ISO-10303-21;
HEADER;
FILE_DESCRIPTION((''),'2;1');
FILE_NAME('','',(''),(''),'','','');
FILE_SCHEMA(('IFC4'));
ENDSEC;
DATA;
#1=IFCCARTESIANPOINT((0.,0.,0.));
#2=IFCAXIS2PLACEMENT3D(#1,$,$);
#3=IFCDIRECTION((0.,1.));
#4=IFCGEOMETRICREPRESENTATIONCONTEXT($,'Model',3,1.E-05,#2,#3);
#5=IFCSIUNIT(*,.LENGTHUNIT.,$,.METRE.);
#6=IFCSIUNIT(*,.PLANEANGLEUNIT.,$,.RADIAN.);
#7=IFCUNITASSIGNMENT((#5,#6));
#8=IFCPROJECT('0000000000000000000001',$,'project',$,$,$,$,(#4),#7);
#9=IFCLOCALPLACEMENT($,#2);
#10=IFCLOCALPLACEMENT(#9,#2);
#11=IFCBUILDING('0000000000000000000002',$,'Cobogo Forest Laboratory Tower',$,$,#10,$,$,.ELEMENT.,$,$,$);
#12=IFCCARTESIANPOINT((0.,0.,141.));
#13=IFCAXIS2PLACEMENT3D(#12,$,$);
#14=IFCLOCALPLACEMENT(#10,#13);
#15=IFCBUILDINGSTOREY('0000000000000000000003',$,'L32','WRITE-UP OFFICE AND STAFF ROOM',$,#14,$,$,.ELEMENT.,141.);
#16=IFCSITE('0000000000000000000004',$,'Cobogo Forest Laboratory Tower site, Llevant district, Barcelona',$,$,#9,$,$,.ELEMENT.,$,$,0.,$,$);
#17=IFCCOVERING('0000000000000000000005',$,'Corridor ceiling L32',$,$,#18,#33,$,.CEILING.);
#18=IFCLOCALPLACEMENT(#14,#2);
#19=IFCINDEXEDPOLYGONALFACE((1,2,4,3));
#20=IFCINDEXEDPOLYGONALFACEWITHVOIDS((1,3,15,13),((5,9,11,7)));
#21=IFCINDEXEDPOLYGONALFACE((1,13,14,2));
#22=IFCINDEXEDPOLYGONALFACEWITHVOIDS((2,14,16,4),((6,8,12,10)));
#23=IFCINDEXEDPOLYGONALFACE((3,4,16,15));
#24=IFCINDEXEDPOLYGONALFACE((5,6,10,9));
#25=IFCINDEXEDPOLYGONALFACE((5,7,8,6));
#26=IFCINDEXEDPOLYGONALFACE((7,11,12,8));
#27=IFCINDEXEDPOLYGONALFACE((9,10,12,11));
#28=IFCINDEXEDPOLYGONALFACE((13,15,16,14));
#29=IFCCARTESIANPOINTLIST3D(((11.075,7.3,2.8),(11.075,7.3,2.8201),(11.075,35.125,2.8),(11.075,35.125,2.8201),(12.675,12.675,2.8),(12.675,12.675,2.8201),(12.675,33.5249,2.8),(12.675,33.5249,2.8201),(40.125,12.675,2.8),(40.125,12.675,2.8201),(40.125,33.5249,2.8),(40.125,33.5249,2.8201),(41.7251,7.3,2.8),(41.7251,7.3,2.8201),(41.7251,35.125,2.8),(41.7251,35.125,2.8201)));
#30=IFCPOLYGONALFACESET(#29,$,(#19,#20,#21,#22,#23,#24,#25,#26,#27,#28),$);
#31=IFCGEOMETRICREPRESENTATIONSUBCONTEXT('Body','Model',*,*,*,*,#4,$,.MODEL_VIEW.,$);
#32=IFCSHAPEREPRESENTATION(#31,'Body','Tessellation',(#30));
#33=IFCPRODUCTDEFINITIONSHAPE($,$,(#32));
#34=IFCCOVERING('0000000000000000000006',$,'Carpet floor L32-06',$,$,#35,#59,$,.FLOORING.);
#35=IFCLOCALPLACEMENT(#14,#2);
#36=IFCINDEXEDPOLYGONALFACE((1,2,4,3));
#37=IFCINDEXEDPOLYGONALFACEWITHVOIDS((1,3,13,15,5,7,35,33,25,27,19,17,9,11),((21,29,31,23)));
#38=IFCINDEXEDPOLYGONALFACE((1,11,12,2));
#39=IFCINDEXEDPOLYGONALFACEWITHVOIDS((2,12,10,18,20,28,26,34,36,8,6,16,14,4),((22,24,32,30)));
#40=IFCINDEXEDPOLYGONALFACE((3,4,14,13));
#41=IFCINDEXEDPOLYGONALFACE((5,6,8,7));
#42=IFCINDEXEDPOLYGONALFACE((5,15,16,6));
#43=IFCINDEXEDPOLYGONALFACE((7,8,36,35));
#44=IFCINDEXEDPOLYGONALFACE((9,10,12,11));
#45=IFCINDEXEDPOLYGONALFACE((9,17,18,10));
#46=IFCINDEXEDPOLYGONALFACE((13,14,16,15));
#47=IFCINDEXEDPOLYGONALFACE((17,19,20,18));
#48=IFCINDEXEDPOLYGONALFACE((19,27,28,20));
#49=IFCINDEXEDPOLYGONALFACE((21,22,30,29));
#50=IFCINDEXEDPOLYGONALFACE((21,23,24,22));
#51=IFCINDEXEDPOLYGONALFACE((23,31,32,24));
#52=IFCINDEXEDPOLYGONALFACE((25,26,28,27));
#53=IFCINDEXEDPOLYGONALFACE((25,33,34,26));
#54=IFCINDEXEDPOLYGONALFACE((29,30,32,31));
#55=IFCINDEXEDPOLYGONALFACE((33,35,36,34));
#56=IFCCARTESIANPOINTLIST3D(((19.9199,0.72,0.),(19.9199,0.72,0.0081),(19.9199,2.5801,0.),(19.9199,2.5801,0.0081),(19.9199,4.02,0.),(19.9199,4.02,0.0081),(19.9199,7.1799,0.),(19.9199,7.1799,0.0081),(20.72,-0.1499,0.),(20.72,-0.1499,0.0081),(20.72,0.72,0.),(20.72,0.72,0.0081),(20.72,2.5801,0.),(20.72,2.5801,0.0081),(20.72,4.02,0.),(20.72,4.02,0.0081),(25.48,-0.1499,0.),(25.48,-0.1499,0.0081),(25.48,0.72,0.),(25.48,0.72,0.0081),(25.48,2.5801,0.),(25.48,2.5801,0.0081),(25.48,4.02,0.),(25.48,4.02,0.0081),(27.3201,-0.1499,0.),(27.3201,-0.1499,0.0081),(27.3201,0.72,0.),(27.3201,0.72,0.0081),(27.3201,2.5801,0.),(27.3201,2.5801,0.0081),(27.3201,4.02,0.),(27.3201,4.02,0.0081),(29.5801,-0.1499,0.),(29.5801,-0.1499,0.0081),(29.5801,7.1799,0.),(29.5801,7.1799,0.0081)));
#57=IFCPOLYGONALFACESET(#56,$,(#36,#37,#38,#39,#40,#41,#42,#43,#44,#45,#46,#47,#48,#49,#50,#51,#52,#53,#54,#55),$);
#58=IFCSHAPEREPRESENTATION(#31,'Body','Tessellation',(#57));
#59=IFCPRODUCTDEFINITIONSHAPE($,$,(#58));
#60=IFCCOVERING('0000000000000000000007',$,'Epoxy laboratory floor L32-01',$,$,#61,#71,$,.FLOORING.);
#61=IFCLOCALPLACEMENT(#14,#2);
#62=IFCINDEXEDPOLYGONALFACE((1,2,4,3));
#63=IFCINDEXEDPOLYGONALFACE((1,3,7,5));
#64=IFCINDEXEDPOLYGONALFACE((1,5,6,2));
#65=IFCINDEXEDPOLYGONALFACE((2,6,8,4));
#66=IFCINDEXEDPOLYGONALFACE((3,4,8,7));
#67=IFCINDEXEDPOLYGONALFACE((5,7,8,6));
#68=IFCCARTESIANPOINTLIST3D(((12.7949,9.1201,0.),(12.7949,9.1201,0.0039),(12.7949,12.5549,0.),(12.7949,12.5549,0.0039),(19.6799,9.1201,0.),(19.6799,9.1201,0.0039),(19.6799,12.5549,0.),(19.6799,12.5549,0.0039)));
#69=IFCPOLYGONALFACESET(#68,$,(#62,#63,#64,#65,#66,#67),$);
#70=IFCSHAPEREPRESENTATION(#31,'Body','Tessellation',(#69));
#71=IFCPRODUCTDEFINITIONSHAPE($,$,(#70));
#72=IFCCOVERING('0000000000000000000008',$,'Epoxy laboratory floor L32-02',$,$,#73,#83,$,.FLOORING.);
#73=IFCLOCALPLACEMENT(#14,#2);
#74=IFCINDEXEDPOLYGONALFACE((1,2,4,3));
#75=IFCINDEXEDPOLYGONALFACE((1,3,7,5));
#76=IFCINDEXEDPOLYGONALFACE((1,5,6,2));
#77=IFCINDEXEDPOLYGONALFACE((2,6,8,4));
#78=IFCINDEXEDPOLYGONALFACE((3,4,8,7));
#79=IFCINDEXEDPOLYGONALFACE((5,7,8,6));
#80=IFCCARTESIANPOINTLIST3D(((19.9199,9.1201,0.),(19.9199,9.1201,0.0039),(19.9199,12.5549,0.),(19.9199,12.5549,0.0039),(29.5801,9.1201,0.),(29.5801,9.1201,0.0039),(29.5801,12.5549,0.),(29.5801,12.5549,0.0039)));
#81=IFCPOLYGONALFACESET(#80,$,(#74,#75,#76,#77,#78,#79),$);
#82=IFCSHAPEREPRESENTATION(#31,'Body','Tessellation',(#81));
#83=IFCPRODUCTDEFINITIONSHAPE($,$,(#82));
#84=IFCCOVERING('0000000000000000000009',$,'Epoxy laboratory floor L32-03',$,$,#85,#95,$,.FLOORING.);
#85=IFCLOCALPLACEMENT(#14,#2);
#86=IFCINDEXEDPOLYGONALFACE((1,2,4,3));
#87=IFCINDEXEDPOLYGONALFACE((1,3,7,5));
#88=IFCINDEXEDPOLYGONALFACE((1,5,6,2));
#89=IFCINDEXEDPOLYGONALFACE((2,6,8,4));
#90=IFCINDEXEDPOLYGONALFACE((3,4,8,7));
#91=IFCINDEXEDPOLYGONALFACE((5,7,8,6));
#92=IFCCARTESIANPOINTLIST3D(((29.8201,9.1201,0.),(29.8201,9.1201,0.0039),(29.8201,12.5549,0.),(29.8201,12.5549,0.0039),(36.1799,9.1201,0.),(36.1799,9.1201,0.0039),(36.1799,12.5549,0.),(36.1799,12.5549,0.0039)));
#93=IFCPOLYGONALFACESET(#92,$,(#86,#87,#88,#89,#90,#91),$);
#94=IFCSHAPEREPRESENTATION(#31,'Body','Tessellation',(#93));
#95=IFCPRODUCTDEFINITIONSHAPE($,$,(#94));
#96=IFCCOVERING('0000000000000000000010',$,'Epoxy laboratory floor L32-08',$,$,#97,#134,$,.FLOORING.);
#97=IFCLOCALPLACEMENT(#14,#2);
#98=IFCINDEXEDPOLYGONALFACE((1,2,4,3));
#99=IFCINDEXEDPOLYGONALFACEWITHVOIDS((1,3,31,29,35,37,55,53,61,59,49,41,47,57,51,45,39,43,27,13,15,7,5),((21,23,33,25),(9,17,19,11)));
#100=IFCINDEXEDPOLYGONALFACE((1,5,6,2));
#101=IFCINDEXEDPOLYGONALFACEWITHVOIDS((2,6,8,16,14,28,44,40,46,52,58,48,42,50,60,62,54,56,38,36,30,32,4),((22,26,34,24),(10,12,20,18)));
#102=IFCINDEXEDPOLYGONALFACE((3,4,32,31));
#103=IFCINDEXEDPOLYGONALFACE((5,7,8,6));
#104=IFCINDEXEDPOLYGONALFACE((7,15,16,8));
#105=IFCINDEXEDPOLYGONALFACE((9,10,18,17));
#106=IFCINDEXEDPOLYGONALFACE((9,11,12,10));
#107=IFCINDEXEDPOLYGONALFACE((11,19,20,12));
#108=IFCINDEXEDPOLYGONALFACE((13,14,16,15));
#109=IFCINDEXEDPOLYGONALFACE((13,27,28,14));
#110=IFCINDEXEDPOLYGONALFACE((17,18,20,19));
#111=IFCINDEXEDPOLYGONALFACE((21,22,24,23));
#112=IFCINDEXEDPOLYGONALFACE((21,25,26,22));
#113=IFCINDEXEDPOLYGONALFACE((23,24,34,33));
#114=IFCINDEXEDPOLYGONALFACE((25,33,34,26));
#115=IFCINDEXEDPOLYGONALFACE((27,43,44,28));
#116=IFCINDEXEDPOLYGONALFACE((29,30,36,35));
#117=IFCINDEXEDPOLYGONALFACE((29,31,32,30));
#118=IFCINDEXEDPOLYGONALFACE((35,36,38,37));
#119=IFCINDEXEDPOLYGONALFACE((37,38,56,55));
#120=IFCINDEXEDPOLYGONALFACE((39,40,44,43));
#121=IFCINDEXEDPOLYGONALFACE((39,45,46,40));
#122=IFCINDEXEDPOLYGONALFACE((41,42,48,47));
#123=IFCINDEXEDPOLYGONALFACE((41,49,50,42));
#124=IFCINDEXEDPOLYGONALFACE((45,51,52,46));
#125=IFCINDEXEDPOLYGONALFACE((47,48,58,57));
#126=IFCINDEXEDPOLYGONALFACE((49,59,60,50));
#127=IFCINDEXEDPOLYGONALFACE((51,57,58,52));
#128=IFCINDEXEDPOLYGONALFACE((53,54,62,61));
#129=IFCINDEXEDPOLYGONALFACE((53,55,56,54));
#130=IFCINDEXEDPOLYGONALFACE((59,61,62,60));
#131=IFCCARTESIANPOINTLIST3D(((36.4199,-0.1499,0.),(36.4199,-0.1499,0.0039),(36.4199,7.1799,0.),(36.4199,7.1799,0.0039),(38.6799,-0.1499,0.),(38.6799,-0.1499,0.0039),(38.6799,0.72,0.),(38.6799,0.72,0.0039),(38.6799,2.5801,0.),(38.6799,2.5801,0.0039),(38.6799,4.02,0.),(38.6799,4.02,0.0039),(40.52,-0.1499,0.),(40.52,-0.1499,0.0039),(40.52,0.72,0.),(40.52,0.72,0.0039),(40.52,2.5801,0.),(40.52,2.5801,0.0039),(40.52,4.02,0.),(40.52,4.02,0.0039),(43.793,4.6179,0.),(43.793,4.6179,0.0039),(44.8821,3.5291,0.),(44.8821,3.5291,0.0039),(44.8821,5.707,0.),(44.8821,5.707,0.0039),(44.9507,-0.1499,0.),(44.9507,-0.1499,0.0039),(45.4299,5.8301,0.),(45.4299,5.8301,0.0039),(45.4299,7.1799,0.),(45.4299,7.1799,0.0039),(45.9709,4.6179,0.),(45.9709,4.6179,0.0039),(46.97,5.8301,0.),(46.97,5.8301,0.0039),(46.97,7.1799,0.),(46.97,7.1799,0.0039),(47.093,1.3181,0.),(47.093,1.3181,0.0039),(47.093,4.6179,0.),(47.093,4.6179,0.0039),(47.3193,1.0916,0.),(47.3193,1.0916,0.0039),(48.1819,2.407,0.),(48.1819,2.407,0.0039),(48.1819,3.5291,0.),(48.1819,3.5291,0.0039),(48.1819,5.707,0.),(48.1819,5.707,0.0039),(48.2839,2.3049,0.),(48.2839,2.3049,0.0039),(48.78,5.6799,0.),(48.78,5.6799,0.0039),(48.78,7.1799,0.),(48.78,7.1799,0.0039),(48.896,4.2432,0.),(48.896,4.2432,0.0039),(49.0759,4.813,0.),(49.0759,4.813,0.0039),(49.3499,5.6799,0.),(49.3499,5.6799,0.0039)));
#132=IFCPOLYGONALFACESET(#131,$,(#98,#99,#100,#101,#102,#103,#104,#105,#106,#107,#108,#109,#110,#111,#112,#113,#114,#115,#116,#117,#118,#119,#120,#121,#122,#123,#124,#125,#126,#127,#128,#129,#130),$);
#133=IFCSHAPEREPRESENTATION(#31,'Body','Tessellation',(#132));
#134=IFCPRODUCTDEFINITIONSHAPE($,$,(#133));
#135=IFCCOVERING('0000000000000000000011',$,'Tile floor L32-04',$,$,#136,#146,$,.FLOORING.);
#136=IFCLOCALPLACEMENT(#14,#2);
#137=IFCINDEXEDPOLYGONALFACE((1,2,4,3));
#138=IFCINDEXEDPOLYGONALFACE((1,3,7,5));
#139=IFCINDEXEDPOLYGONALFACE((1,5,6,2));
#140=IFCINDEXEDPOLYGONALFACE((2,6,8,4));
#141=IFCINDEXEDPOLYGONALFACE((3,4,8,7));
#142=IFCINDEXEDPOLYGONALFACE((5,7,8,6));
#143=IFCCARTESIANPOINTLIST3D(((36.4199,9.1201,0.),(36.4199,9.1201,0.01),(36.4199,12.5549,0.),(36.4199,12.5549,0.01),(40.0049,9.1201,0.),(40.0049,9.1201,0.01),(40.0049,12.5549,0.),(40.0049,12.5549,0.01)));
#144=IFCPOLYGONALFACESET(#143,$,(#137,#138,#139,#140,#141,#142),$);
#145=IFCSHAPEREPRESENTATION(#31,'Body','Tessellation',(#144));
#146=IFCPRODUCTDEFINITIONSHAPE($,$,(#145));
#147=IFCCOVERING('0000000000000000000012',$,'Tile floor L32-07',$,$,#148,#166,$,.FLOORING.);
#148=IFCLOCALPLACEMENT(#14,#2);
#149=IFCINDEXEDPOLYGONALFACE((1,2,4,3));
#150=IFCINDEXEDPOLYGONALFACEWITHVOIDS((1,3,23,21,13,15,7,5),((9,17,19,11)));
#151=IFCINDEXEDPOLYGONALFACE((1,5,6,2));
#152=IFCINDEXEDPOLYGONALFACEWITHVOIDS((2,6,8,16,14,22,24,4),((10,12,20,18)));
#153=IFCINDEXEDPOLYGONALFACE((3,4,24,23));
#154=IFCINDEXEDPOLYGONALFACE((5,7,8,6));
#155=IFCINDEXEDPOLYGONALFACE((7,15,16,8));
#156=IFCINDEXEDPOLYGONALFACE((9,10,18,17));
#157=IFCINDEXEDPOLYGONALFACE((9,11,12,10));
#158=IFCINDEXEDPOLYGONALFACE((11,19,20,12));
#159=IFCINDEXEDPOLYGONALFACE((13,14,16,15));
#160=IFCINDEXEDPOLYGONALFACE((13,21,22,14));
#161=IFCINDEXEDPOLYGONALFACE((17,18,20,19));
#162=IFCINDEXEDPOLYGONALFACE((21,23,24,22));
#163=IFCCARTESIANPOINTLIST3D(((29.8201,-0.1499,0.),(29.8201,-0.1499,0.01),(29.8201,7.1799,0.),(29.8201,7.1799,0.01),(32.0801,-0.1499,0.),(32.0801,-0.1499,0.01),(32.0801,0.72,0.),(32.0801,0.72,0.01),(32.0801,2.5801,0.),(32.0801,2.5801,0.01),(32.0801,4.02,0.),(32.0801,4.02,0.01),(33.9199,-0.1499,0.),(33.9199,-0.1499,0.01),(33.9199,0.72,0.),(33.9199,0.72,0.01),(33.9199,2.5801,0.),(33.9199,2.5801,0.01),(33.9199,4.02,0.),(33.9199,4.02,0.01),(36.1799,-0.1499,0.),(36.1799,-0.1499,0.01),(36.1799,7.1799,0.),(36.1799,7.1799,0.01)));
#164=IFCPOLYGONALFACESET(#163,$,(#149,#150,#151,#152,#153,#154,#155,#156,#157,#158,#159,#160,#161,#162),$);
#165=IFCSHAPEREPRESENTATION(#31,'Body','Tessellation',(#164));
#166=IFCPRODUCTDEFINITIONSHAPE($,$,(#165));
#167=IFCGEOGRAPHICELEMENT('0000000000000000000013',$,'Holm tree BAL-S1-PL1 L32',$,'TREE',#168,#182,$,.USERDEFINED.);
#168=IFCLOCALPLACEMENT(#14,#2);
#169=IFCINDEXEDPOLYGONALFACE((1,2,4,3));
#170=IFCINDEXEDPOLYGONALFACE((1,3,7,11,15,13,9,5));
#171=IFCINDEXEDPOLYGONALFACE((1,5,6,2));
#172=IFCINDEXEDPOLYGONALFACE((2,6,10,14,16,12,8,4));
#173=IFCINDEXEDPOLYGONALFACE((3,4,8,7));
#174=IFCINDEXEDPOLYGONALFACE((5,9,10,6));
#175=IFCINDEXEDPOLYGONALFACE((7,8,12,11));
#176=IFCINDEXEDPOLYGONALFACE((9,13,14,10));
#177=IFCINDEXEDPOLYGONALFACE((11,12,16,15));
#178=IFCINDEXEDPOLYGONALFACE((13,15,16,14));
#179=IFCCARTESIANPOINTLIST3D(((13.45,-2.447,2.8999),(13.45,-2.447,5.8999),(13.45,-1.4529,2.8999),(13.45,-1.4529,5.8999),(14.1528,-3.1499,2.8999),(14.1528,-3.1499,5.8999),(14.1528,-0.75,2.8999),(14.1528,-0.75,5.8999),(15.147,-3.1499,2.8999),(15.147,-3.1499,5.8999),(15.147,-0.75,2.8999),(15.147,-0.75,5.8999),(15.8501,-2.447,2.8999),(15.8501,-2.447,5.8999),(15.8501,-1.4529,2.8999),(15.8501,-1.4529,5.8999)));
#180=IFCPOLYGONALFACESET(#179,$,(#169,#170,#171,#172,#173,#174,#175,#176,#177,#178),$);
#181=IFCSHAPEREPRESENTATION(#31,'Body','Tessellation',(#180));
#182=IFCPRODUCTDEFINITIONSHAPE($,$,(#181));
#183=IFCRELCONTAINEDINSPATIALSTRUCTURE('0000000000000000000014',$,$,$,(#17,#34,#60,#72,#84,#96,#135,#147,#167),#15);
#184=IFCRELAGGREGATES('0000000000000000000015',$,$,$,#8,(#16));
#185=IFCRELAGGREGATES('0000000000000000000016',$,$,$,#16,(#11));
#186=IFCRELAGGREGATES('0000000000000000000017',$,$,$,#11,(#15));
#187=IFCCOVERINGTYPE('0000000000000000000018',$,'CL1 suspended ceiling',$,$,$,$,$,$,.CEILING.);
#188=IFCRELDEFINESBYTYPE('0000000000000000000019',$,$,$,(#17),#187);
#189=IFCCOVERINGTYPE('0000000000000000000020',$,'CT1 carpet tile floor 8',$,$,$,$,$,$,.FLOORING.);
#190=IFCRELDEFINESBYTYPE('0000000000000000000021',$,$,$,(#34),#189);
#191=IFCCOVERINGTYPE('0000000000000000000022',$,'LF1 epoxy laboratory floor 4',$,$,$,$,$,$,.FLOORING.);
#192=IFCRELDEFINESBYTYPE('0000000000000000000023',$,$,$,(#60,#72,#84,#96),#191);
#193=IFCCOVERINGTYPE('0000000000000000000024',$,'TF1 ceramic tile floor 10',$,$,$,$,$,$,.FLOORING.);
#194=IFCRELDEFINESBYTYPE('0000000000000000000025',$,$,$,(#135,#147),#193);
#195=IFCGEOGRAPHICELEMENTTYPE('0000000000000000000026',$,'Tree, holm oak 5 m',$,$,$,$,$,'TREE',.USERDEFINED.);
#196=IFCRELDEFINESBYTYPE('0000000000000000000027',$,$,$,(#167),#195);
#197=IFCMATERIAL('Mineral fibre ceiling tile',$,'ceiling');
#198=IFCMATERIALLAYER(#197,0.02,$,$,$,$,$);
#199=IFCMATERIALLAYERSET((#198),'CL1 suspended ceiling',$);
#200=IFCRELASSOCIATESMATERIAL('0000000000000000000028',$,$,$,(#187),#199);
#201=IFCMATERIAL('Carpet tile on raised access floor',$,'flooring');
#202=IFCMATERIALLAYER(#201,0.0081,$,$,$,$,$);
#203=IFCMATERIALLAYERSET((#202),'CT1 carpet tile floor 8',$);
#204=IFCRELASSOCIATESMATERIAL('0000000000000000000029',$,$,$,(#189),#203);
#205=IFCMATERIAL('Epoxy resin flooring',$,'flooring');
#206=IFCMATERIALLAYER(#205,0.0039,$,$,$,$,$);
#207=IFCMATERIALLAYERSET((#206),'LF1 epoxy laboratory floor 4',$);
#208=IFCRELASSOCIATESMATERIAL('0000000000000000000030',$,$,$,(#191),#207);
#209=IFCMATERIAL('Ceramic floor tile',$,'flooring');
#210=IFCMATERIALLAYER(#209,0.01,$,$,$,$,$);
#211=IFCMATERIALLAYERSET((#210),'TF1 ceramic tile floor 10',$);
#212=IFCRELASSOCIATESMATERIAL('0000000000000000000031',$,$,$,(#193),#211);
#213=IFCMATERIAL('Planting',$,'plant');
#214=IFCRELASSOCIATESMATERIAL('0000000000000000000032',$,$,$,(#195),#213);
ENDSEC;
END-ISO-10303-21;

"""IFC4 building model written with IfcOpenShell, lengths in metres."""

from ifc_helpers import new_model, si_unit, direction, frame, origin, place, context, subcontext, project, spatial, polyline, outline, extrude, material, layer, layer_set, type_object, element, save


model = new_model("IFC4")

# Units and contexts
model_context = context("Model", 3, precision=1e-05, world=origin(), true_north=direction((0.0, 1.0)))
body_context = subcontext(model_context, "Body", "Model", "MODEL_VIEW")
ifc_project = project(units=[si_unit("LENGTHUNIT", "METRE"), si_unit("PLANEANGLEUNIT", "RADIAN")], contexts=[model_context])

# Site, building, storey
site_placement = place(None, origin())
site = spatial("IfcSite", under=ifc_project, at=site_placement, Name="Cobogo Forest Laboratory Tower site, Llevant district, Barcelona", CompositionType="ELEMENT", RefElevation=0.0)
building_placement = place(site_placement, origin())
building = spatial("IfcBuilding", under=site, at=building_placement, Name="Cobogo Forest Laboratory Tower", CompositionType="ELEMENT")
storey_placement = place(building_placement, frame((0.0, 0.0, 141.0)))
storey = spatial("IfcBuildingStorey", under=building, at=storey_placement, Name="L32", Description="WRITE-UP OFFICE AND STAFF ROOM", CompositionType="ELEMENT", Elevation=141.0)

# Coverings
ifc_material_1 = material(Name="Mineral fibre ceiling tile", Category="ceiling")
ifc_layer_1 = layer(ifc_material_1, 0.02)
ifc_layer_set_1 = layer_set([ifc_layer_1], Name="CL1 suspended ceiling")
covering_type_1 = type_object("IfcCoveringType", Name="CL1 suspended ceiling", PredefinedType="CEILING", material=ifc_layer_set_1)
covering_1_placement = place(storey_placement, frame((0.0, 0.0, 2.8)))
element("IfcCovering", 1, at=covering_1_placement, inside=storey, type_object=covering_type_1, Name="Corridor ceiling L32", PredefinedType="CEILING", context=body_context, shape_type="SweptSolid", body=[
    extrude(outline(polyline([(11.075, 7.3), (11.075, 35.125), (41.7251, 35.125), (41.7251, 7.3), (11.075, 7.3)]), holes=[polyline([(40.125, 33.5249), (12.675, 33.5249), (12.675, 12.675), (40.125, 12.675), (40.125, 33.5249)])]), origin(), (0.0, 0.0, 1.0), 0.02),
])
ifc_material_2 = material(Name="Carpet tile on raised access floor", Category="flooring")
ifc_layer_2 = layer(ifc_material_2, 0.0081)
ifc_layer_set_2 = layer_set([ifc_layer_2], Name="CT1 carpet tile floor 8")
covering_type_2 = type_object("IfcCoveringType", Name="CT1 carpet tile floor 8", PredefinedType="FLOORING", material=ifc_layer_set_2)
covering_2_placement = place(storey_placement, origin())
element("IfcCovering", 2, at=covering_2_placement, inside=storey, type_object=covering_type_2, Name="Carpet floor L32-06", PredefinedType="FLOORING", context=body_context, shape_type="SweptSolid", body=[
    extrude(outline(polyline([(29.5801, 7.1799), (29.5801, -0.1499), (27.3201, -0.1499), (27.3201, 0.72), (25.48, 0.72), (25.48, -0.1499), (20.72, -0.1499), (20.72, 0.72), (19.9199, 0.72), (19.9199, 2.5801), (20.72, 2.5801), (20.72, 4.02), (19.9199, 4.02), (19.9199, 7.1799), (29.5801, 7.1799)]), holes=[polyline([(25.48, 4.02), (25.48, 2.5801), (27.3201, 2.5801), (27.3201, 4.02), (25.48, 4.02)])]), origin(), (0.0, 0.0, 1.0), 0.0081),
])
ifc_material_3 = material(Name="Epoxy resin flooring", Category="flooring")
ifc_layer_3 = layer(ifc_material_3, 0.0039)
ifc_layer_set_3 = layer_set([ifc_layer_3], Name="LF1 epoxy laboratory floor 4")
covering_type_3 = type_object("IfcCoveringType", Name="LF1 epoxy laboratory floor 4", PredefinedType="FLOORING", material=ifc_layer_set_3)
covering_3_placement = place(storey_placement, origin())
element("IfcCovering", 3, at=covering_3_placement, inside=storey, type_object=covering_type_3, Name="Epoxy laboratory floor L32-01", PredefinedType="FLOORING", context=body_context, shape_type="SweptSolid", body=[
    extrude(outline(polyline([(19.6799, 9.1201), (12.7949, 9.1201), (12.7949, 12.5549), (19.6799, 12.5549), (19.6799, 9.1201)])), origin(), (0.0, 0.0, 1.0), 0.0039),
])
covering_4_placement = place(storey_placement, origin())
element("IfcCovering", 4, at=covering_4_placement, inside=storey, type_object=covering_type_3, Name="Epoxy laboratory floor L32-02", PredefinedType="FLOORING", context=body_context, shape_type="SweptSolid", body=[
    extrude(outline(polyline([(29.5801, 9.1201), (19.9199, 9.1201), (19.9199, 12.5549), (29.5801, 12.5549), (29.5801, 9.1201)])), origin(), (0.0, 0.0, 1.0), 0.0039),
])
covering_5_placement = place(storey_placement, origin())
element("IfcCovering", 5, at=covering_5_placement, inside=storey, type_object=covering_type_3, Name="Epoxy laboratory floor L32-03", PredefinedType="FLOORING", context=body_context, shape_type="SweptSolid", body=[
    extrude(outline(polyline([(36.1799, 9.1201), (29.8201, 9.1201), (29.8201, 12.5549), (36.1799, 12.5549), (36.1799, 9.1201)])), origin(), (0.0, 0.0, 1.0), 0.0039),
])
covering_6_placement = place(storey_placement, origin())
element("IfcCovering", 6, at=covering_6_placement, inside=storey, type_object=covering_type_3, Name="Epoxy laboratory floor L32-08", PredefinedType="FLOORING", context=body_context, shape_type="SweptSolid", body=[
    extrude(outline(polyline([(45.4299, 5.8301), (46.97, 5.8301), (46.97, 7.1799), (48.78, 7.1799), (48.78, 5.6799), (49.3499, 5.6799), (49.0759, 4.813), (48.1819, 5.707), (47.093, 4.6179), (48.1819, 3.5291), (48.896, 4.2432), (48.2839, 2.3049), (48.1819, 2.407), (47.093, 1.3181), (47.3193, 1.0916), (44.9507, -0.1499), (40.52, -0.1499), (40.52, 0.72), (38.6799, 0.72), (38.6799, -0.1499), (36.4199, -0.1499), (36.4199, 7.1799), (45.4299, 7.1799), (45.4299, 5.8301)]), holes=[polyline([(43.793, 4.6179), (44.8821, 3.5291), (45.9709, 4.6179), (44.8821, 5.707), (43.793, 4.6179)]), polyline([(38.6799, 4.02), (38.6799, 2.5801), (40.52, 2.5801), (40.52, 4.02), (38.6799, 4.02)])]), origin(), (0.0, 0.0, 1.0), 0.0039),
])
ifc_material_4 = material(Name="Ceramic floor tile", Category="flooring")
ifc_layer_4 = layer(ifc_material_4, 0.01)
ifc_layer_set_4 = layer_set([ifc_layer_4], Name="TF1 ceramic tile floor 10")
covering_type_4 = type_object("IfcCoveringType", Name="TF1 ceramic tile floor 10", PredefinedType="FLOORING", material=ifc_layer_set_4)
covering_7_placement = place(storey_placement, origin())
element("IfcCovering", 7, at=covering_7_placement, inside=storey, type_object=covering_type_4, Name="Tile floor L32-04", PredefinedType="FLOORING", context=body_context, shape_type="SweptSolid", body=[
    extrude(outline(polyline([(40.0049, 9.1201), (36.4199, 9.1201), (36.4199, 12.5549), (40.0049, 12.5549), (40.0049, 9.1201)])), origin(), (0.0, 0.0, 1.0), 0.01),
])
covering_8_placement = place(storey_placement, origin())
element("IfcCovering", 8, at=covering_8_placement, inside=storey, type_object=covering_type_4, Name="Tile floor L32-07", PredefinedType="FLOORING", context=body_context, shape_type="SweptSolid", body=[
    extrude(outline(polyline([(36.1799, 7.1799), (36.1799, -0.1499), (33.9199, -0.1499), (33.9199, 0.72), (32.0801, 0.72), (32.0801, -0.1499), (29.8201, -0.1499), (29.8201, 7.1799), (36.1799, 7.1799)]), holes=[polyline([(32.0801, 4.02), (32.0801, 2.5801), (33.9199, 2.5801), (33.9199, 4.02), (32.0801, 4.02)])]), origin(), (0.0, 0.0, 1.0), 0.01),
])

# Geographic element
ifc_material_5 = material(Name="Planting", Category="plant")
geographic_element_type = type_object("IfcGeographicElementType", Name="Tree, holm oak 5 m", ElementType="TREE", PredefinedType="USERDEFINED", material=ifc_material_5)
geographic_element_1_placement = place(storey_placement, frame((0.0, 0.0, 2.8999)))
element("IfcGeographicElement", 9, at=geographic_element_1_placement, inside=storey, type_object=geographic_element_type, Name="Holm tree BAL-S1-PL1 L32", ObjectType="TREE", PredefinedType="USERDEFINED", context=body_context, shape_type="SweptSolid", body=[
    extrude(outline(polyline([(15.8501, -2.447), (15.8501, -1.4529), (15.147, -0.75), (14.1528, -0.75), (13.45, -1.4529), (13.45, -2.447), (14.1528, -3.1499), (15.147, -3.1499), (15.8501, -2.447)])), origin(), (0.0, 0.0, 1.0), 3.0),
])

save(model, "model.ifc")
